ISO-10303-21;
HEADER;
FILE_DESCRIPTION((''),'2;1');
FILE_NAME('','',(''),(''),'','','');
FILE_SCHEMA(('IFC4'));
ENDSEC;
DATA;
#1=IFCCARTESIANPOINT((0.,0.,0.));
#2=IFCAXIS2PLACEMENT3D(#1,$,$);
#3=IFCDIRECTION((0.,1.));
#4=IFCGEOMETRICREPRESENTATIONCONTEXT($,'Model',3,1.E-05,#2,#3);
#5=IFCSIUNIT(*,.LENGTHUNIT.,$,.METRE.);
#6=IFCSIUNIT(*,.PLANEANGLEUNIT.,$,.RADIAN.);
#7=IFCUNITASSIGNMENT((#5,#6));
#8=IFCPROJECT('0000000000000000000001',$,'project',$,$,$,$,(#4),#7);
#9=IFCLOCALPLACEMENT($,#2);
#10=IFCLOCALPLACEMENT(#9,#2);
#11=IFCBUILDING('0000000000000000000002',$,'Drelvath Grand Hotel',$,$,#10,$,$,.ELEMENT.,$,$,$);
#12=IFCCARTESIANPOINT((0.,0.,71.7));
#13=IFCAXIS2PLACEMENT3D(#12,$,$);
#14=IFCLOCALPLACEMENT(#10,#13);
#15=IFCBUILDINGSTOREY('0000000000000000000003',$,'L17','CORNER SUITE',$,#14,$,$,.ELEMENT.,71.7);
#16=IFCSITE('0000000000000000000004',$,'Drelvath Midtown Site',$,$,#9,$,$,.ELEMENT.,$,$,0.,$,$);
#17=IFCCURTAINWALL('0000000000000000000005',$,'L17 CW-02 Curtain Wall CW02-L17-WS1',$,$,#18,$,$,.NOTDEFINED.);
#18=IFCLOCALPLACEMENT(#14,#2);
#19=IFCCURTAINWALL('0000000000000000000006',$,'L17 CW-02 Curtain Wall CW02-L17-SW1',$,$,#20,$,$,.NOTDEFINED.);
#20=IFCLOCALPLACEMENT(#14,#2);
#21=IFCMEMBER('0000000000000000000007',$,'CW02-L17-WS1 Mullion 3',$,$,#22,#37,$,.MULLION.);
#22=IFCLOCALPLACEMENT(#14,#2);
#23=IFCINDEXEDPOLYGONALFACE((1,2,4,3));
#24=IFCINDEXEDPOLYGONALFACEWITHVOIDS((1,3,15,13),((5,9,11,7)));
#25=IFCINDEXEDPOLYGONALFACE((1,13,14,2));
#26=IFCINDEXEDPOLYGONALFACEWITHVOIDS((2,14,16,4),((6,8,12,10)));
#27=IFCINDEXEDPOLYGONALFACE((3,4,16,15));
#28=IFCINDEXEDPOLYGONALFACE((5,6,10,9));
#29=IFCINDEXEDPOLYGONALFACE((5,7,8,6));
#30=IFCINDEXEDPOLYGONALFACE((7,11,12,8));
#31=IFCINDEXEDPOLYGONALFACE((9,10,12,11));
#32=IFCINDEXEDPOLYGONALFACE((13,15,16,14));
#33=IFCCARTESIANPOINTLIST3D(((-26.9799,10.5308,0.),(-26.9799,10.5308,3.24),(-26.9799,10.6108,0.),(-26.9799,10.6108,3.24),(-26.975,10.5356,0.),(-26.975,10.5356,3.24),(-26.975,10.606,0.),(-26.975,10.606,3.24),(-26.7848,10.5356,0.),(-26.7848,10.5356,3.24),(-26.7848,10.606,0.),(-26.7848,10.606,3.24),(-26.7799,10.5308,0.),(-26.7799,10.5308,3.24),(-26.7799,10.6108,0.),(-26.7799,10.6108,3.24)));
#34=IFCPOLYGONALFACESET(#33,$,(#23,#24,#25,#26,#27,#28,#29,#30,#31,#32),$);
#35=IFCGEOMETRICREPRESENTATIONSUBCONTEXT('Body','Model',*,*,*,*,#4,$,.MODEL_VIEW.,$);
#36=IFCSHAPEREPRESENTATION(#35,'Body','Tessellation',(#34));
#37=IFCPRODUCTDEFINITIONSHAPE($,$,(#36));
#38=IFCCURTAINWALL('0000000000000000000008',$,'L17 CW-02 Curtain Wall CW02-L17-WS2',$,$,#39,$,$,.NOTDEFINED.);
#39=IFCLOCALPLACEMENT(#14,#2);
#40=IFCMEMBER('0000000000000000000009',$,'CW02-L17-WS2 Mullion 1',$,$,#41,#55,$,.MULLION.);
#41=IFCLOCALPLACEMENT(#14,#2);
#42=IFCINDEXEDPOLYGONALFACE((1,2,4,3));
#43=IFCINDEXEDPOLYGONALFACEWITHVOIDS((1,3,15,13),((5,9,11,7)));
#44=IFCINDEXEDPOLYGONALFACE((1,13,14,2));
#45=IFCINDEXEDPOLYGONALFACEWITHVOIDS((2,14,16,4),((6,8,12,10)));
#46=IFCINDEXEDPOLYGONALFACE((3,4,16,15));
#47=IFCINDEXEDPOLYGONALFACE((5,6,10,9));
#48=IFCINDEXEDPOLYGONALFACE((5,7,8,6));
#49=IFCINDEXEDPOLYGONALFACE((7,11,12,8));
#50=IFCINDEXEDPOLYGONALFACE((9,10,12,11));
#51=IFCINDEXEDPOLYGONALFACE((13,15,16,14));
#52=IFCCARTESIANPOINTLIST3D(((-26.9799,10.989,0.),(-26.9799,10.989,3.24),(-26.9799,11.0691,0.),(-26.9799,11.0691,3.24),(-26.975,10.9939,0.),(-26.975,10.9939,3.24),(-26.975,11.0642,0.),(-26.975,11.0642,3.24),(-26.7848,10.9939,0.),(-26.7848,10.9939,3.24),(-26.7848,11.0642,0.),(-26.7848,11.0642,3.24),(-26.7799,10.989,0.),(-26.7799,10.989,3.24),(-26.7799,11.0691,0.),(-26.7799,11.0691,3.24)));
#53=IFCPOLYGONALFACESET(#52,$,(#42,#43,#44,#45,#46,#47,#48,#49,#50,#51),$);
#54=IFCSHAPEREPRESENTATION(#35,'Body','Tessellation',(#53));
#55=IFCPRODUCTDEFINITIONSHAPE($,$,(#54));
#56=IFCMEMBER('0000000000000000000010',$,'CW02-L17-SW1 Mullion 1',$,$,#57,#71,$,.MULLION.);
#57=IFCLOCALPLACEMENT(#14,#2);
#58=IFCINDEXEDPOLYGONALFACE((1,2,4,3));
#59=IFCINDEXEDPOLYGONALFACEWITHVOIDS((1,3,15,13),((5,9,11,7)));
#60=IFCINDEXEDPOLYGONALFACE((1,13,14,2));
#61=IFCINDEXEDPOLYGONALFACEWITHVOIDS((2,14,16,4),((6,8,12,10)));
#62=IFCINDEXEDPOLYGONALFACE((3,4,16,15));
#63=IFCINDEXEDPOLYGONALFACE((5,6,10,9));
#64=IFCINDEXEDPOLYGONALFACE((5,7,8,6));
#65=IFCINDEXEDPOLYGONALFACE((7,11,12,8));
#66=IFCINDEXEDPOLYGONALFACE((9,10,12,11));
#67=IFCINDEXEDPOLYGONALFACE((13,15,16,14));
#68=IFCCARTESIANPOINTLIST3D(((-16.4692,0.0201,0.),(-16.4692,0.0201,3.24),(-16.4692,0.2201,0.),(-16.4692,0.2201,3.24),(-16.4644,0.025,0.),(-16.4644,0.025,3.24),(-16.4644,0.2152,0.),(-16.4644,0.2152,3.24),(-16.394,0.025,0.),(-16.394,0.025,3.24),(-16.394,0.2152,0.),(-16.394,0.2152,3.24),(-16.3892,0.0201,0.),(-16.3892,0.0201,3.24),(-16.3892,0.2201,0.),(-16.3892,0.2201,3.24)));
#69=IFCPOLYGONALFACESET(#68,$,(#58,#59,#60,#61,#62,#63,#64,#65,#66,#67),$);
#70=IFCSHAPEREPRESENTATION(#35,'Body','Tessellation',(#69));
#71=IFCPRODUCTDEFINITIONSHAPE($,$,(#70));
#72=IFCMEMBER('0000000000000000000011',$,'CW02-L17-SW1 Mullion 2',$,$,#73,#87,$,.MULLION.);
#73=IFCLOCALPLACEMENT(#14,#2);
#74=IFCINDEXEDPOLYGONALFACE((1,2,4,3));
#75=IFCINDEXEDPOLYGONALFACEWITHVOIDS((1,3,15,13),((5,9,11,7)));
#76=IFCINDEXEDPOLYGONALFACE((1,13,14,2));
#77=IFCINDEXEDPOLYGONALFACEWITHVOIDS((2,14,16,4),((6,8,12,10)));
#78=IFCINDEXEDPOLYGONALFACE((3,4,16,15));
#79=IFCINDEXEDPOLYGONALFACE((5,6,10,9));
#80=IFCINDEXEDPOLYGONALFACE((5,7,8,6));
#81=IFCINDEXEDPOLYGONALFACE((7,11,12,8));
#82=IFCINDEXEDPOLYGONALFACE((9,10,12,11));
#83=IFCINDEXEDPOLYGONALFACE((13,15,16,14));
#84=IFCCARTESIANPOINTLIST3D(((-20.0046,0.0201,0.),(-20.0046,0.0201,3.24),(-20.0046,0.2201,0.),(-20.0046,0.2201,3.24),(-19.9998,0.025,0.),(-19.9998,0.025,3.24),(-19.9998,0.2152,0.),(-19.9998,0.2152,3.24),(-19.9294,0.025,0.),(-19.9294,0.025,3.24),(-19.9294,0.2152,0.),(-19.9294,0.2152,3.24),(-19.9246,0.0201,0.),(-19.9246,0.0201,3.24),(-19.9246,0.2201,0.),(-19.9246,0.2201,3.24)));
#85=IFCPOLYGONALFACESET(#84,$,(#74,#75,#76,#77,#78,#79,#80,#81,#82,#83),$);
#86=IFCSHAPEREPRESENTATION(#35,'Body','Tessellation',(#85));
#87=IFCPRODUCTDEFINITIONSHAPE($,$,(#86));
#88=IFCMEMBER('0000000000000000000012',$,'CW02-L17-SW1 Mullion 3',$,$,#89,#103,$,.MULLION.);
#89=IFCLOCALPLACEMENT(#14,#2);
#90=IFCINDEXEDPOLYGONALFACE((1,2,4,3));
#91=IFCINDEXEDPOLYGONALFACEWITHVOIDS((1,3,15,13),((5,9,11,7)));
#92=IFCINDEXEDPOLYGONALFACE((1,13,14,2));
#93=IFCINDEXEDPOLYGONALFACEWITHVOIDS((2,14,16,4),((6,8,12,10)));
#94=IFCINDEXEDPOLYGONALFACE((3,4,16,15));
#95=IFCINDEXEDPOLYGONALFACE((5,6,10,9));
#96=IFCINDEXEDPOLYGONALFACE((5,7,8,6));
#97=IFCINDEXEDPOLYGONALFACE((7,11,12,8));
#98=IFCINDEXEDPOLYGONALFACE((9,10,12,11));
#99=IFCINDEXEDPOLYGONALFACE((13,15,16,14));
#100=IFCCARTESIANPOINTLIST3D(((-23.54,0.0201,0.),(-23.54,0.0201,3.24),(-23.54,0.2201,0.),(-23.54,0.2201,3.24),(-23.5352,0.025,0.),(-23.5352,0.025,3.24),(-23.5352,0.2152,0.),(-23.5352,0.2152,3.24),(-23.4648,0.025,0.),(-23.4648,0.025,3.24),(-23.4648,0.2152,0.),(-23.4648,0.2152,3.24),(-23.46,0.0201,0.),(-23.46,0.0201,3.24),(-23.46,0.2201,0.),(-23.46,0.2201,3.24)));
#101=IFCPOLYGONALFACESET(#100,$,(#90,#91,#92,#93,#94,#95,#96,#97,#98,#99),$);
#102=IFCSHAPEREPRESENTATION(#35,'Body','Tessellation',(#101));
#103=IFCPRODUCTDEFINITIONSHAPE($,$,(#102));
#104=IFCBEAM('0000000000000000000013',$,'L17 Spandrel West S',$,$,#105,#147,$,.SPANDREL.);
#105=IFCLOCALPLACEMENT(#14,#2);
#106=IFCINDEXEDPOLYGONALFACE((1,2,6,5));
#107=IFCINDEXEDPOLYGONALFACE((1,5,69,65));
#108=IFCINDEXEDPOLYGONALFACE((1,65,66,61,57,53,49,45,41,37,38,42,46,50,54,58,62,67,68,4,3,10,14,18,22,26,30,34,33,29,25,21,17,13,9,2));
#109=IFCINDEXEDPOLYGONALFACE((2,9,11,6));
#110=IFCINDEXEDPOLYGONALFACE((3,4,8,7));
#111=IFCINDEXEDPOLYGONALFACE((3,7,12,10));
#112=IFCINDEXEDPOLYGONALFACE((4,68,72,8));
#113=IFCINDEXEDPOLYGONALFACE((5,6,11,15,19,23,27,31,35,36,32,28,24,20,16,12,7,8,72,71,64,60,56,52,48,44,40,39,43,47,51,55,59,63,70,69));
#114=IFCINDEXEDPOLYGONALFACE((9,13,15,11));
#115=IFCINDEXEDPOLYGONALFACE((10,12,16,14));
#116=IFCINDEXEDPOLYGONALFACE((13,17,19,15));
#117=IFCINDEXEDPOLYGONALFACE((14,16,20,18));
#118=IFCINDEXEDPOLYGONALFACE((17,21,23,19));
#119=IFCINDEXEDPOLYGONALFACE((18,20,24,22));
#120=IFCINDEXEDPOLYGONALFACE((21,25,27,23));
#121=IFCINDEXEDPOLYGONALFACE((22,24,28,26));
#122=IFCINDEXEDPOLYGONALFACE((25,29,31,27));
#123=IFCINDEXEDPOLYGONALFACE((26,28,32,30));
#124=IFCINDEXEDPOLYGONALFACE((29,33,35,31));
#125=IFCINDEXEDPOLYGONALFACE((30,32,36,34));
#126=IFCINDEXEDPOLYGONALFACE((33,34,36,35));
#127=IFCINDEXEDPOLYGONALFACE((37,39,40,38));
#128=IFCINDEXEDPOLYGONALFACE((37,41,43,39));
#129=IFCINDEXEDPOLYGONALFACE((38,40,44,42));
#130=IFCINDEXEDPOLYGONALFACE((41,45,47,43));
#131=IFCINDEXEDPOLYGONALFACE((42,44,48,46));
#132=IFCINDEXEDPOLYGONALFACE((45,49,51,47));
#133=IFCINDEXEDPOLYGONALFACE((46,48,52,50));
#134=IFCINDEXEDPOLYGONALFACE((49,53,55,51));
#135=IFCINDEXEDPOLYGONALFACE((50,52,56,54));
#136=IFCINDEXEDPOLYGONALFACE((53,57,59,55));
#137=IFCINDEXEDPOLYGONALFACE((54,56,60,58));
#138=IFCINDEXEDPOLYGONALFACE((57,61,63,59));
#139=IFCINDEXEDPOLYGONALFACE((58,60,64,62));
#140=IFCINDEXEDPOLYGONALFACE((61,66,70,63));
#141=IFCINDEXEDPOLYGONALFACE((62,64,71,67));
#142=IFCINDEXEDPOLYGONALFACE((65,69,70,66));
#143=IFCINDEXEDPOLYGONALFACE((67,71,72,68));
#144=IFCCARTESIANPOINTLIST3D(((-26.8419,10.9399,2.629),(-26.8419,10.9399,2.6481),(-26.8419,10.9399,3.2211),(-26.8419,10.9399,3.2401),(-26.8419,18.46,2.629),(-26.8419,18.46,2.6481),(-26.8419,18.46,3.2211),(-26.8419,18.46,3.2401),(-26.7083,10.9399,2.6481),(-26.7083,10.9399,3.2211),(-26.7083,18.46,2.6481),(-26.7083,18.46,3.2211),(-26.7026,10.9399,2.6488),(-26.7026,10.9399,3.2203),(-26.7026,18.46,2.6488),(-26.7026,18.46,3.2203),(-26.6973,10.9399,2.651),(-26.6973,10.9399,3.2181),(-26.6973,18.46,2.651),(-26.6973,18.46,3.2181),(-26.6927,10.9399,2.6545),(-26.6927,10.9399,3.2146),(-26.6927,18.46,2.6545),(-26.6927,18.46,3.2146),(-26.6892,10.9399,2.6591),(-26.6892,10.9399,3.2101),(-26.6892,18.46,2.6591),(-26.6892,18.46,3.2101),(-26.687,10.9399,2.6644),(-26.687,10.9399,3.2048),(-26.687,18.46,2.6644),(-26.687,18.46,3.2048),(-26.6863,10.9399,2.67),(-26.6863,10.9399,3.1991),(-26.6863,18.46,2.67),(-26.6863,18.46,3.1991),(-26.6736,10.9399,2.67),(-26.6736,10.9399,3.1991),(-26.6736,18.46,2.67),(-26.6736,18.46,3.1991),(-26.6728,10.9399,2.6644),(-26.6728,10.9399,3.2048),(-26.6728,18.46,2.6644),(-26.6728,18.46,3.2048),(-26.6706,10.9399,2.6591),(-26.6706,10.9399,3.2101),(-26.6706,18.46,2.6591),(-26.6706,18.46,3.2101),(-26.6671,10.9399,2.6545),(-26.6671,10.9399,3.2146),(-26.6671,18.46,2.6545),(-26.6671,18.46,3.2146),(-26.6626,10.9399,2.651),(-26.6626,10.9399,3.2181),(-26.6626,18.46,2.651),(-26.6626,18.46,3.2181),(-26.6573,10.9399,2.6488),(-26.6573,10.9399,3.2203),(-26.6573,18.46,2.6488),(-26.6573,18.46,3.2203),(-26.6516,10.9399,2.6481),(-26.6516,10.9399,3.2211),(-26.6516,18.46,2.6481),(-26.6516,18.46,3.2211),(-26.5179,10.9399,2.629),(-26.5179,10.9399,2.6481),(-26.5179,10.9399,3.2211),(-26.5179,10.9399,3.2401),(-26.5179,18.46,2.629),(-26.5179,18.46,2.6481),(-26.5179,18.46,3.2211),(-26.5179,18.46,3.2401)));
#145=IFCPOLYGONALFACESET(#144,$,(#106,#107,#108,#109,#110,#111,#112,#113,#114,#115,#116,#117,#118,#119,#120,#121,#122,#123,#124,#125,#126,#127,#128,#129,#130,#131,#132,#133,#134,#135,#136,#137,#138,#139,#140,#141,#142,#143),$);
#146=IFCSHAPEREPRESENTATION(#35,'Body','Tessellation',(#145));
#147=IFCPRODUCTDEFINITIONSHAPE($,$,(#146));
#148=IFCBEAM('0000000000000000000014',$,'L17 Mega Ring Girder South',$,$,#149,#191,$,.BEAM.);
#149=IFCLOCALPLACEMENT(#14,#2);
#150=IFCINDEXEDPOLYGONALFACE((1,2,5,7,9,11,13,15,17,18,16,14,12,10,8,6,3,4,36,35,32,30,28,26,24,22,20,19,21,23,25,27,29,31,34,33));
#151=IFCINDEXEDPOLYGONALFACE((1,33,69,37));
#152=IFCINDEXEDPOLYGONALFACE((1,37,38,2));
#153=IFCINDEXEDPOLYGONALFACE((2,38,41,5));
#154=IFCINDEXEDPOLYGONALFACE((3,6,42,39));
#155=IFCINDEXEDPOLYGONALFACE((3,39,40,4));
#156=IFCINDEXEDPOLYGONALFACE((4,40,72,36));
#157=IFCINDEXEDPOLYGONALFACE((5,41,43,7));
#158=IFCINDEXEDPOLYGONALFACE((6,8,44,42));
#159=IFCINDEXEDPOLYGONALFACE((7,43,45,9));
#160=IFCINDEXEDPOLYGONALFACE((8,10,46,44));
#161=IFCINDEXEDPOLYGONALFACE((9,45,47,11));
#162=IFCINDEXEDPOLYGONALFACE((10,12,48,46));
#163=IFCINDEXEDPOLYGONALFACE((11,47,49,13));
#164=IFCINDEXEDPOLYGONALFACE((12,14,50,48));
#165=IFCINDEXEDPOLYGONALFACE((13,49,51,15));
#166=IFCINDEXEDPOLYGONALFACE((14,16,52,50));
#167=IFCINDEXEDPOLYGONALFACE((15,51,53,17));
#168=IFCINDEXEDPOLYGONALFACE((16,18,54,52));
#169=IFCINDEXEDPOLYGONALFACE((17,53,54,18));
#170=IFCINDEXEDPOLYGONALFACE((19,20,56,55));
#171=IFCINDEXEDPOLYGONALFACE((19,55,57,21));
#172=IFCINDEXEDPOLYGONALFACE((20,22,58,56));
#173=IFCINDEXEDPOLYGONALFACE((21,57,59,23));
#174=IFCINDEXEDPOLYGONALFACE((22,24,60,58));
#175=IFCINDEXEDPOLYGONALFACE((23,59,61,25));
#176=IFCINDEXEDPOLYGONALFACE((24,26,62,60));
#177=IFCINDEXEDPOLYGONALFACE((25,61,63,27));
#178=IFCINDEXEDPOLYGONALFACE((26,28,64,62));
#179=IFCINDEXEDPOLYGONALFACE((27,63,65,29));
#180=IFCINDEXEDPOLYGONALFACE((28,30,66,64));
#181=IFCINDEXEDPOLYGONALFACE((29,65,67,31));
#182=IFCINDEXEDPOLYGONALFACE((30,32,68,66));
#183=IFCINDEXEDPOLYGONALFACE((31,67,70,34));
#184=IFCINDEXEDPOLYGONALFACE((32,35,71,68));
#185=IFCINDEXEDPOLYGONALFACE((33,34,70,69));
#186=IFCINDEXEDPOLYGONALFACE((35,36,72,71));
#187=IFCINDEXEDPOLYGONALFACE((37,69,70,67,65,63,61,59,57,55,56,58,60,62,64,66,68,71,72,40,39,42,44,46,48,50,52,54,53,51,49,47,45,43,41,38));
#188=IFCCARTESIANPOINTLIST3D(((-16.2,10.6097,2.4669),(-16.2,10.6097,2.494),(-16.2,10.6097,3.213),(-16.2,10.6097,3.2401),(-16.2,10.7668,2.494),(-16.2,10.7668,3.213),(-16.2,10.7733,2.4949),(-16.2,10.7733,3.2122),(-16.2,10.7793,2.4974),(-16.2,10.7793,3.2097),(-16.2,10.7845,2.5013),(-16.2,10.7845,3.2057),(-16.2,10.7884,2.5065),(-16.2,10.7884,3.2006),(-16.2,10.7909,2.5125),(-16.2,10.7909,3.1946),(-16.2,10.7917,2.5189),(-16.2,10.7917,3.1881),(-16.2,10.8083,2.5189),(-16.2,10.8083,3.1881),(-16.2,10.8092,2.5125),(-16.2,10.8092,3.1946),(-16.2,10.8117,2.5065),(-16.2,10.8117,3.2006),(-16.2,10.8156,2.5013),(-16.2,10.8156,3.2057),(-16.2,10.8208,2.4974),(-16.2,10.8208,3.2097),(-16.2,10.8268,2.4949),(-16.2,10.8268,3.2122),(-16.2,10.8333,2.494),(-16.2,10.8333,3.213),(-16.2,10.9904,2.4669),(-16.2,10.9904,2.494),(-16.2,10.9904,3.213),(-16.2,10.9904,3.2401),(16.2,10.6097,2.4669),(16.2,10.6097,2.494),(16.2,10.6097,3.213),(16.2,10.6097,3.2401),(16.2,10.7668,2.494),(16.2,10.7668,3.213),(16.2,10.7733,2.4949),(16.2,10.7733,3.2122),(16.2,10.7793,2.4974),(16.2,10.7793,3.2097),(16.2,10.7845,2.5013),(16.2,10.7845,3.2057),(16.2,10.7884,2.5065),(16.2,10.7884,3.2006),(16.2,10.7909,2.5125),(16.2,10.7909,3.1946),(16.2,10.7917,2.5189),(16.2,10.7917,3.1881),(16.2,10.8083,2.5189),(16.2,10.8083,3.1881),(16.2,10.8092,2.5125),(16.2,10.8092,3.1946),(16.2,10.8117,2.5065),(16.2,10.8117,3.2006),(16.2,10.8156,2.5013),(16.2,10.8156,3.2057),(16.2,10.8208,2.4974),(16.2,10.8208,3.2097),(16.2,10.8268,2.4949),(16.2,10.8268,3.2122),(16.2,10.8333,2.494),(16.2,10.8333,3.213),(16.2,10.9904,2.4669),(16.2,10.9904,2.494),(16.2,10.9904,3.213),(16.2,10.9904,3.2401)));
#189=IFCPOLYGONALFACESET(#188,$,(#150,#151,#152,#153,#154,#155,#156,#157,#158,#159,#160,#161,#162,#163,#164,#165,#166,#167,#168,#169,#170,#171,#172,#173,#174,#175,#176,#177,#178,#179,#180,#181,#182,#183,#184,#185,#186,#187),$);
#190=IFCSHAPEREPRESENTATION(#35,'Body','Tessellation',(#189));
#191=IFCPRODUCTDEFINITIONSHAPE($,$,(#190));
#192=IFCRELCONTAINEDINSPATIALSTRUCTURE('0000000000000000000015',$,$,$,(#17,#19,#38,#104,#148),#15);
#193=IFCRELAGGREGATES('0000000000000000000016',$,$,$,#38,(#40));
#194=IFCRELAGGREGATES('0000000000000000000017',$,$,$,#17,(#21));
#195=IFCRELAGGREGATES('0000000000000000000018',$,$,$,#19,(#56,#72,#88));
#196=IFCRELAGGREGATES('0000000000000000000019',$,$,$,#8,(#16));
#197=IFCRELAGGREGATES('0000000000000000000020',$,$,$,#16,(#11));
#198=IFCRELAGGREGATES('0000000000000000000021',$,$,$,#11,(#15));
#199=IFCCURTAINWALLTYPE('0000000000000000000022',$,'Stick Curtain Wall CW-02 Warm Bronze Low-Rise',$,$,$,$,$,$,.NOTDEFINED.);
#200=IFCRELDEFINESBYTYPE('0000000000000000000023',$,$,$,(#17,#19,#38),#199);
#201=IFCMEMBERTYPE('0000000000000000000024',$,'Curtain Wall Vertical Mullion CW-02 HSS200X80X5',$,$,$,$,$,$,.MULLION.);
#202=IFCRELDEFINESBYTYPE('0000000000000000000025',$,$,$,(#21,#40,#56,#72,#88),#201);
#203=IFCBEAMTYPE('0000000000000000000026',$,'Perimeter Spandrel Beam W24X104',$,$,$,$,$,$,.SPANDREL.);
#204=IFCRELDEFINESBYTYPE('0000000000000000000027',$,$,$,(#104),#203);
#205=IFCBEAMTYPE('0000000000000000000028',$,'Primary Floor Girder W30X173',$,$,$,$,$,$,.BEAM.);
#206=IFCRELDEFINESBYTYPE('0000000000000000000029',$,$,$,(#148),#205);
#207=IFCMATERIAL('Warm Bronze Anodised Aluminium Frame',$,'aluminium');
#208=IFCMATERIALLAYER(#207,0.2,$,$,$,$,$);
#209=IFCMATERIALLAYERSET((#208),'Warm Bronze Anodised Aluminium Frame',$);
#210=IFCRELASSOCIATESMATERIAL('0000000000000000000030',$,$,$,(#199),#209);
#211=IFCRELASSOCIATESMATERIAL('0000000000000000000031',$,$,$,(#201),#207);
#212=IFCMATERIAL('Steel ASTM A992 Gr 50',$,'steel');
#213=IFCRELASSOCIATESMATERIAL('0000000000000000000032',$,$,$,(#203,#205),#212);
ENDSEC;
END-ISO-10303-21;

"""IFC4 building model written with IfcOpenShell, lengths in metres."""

from ifc_helpers import new_model, si_unit, direction, frame, origin, origin_2d, place, context, subcontext, project, spatial, hollow_rectangle, i_section, extrude, material, layer, layer_set, material_profile, profile_set, type_object, element, aggregate, save


model = new_model("IFC4")

# Units and contexts
model_context = context("Model", 3, precision=1e-05, world=origin(), true_north=direction((0.0, 1.0)))
body_context = subcontext(model_context, "Body", "Model", "MODEL_VIEW")
ifc_project = project(units=[si_unit("LENGTHUNIT", "METRE"), si_unit("PLANEANGLEUNIT", "RADIAN")], contexts=[model_context])

# Site, building, storey
site_placement = place(None, origin())
site = spatial("IfcSite", under=ifc_project, at=site_placement, Name="Drelvath Midtown Site", CompositionType="ELEMENT", RefElevation=0.0)
building_placement = place(site_placement, origin())
building = spatial("IfcBuilding", under=site, at=building_placement, Name="Drelvath Grand Hotel", CompositionType="ELEMENT")
storey_placement = place(building_placement, frame((0.0, 0.0, 71.7)))
storey = spatial("IfcBuildingStorey", under=building, at=storey_placement, Name="L17", Description="CORNER SUITE", CompositionType="ELEMENT", Elevation=71.7)

# Curtain walls
ifc_material_1 = material(Name="Warm Bronze Anodised Aluminium Frame", Category="aluminium")
ifc_layer_1 = layer(ifc_material_1, 0.2)
ifc_layer_set_1 = layer_set([ifc_layer_1], Name="Warm Bronze Anodised Aluminium Frame")
curtain_wall_type = type_object("IfcCurtainWallType", Name="Stick Curtain Wall CW-02 Warm Bronze Low-Rise", PredefinedType="NOTDEFINED", material=ifc_layer_set_1)
curtain_wall_1_placement = place(storey_placement, origin())
curtain_wall_1 = element("IfcCurtainWall", 1, at=curtain_wall_1_placement, inside=storey, type_object=curtain_wall_type, Name="L17 CW-02 Curtain Wall CW02-L17-WS1", PredefinedType="NOTDEFINED")
curtain_wall_2_placement = place(storey_placement, origin())
curtain_wall_2 = element("IfcCurtainWall", 2, at=curtain_wall_2_placement, inside=storey, type_object=curtain_wall_type, Name="L17 CW-02 Curtain Wall CW02-L17-SW1", PredefinedType="NOTDEFINED")

# Member
ifc_material_profile_1 = material_profile(ifc_material_1, hollow_rectangle(XDim=0.0801, YDim=0.2, WallThickness=0.0049, at=origin_2d()), Name="HSS200X80X5")
ifc_profile_set_1 = profile_set([ifc_material_profile_1], Name="Warm Bronze Anodised Aluminium Frame")
member_type_1 = type_object("IfcMemberType", Name="Curtain Wall Vertical Mullion CW-02 HSS200X80X5", PredefinedType="MULLION", material=ifc_profile_set_1)
member_1_placement = place(storey_placement, frame((-26.8799, 10.5708, 0.0), z_axis=(0.0, 0.0, 1.0), x_axis=(0.0, 1.0, 0.0)))
member_1 = element("IfcMember", 3, at=member_1_placement, type_object=member_type_1, Name="CW02-L17-WS1 Mullion 3", PredefinedType="MULLION", context=body_context, shape_type="SweptSolid", body=[
    extrude(hollow_rectangle(XDim=0.0801, YDim=0.2, WallThickness=0.0049, at=origin_2d()), origin(), (0.0, 0.0, 1.0), 3.24),
])

# Curtain wall, member
curtain_wall_3_placement = place(storey_placement, origin())
curtain_wall_3 = element("IfcCurtainWall", 4, at=curtain_wall_3_placement, inside=storey, type_object=curtain_wall_type, Name="L17 CW-02 Curtain Wall CW02-L17-WS2", PredefinedType="NOTDEFINED")
member_2_placement = place(storey_placement, frame((-26.8799, 11.0291, 0.0), z_axis=(0.0, 0.0, 1.0), x_axis=(0.0, 1.0, 0.0)))
member_2 = element("IfcMember", 5, at=member_2_placement, type_object=member_type_1, Name="CW02-L17-WS2 Mullion 1", PredefinedType="MULLION", context=body_context, shape_type="SweptSolid", body=[
    extrude(hollow_rectangle(XDim=0.0801, YDim=0.2, WallThickness=0.0049, at=origin_2d()), origin(), (0.0, 0.0, 1.0), 3.24),
])
aggregate(curtain_wall_3, [member_2])

# Members
member_3_placement = place(storey_placement, frame((-16.4292, 0.1201, 0.0), z_axis=(0.0, 0.0, 1.0), x_axis=(1.0, 0.0, 0.0)))
member_3 = element("IfcMember", 6, at=member_3_placement, type_object=member_type_1, Name="CW02-L17-SW1 Mullion 1", PredefinedType="MULLION", context=body_context, shape_type="SweptSolid", body=[
    extrude(hollow_rectangle(XDim=0.0801, YDim=0.2, WallThickness=0.0049, at=origin_2d()), origin(), (0.0, 0.0, 1.0), 3.24),
])
member_4_placement = place(storey_placement, frame((-19.9646, 0.1201, 0.0), z_axis=(0.0, 0.0, 1.0), x_axis=(1.0, 0.0, 0.0)))
member_4 = element("IfcMember", 7, at=member_4_placement, type_object=member_type_1, Name="CW02-L17-SW1 Mullion 2", PredefinedType="MULLION", context=body_context, shape_type="SweptSolid", body=[
    extrude(hollow_rectangle(XDim=0.0801, YDim=0.2, WallThickness=0.0049, at=origin_2d()), origin(), (0.0, 0.0, 1.0), 3.24),
])
member_5_placement = place(storey_placement, frame((-23.5, 0.1201, 0.0), z_axis=(0.0, 0.0, 1.0), x_axis=(1.0, 0.0, 0.0)))
member_5 = element("IfcMember", 8, at=member_5_placement, type_object=member_type_1, Name="CW02-L17-SW1 Mullion 3", PredefinedType="MULLION", context=body_context, shape_type="SweptSolid", body=[
    extrude(hollow_rectangle(XDim=0.0801, YDim=0.2, WallThickness=0.0049, at=origin_2d()), origin(), (0.0, 0.0, 1.0), 3.24),
])

# Beams
ifc_material_2 = material(Name="Steel ASTM A992 Gr 50", Category="steel")
ifc_material_profile_2 = material_profile(ifc_material_2, i_section(OverallWidth=0.324, OverallDepth=0.6111, WebThickness=0.0127, FlangeThickness=0.019, FilletRadius=0.022, at=origin_2d()), Name="W24X104")
ifc_profile_set_2 = profile_set([ifc_material_profile_2], Name="Steel ASTM A992 Gr 50")
beam_type_1 = type_object("IfcBeamType", Name="Perimeter Spandrel Beam W24X104", PredefinedType="SPANDREL", material=ifc_profile_set_2)
beam_placement = place(storey_placement, frame((-26.6799, 10.9399, 2.9346), z_axis=(0.0, 1.0, 0.0), x_axis=(-1.0, 0.0, 0.0)))
element("IfcBeam", 9, at=beam_placement, inside=storey, type_object=beam_type_1, Name="L17 Spandrel West S", PredefinedType="SPANDREL", context=body_context, shape_type="SweptSolid", body=[
    extrude(i_section(OverallWidth=0.324, OverallDepth=0.6111, WebThickness=0.0127, FlangeThickness=0.019, FilletRadius=0.022, at=origin_2d()), origin(), (0.0, 0.0, 1.0), 7.52),
])
ifc_material_profile_3 = material_profile(ifc_material_2, i_section(OverallWidth=0.3806, OverallDepth=0.7732, WebThickness=0.0166, FlangeThickness=0.0271, FilletRadius=0.0249, at=origin_2d()), Name="W30X173")
ifc_profile_set_3 = profile_set([ifc_material_profile_3], Name="Steel ASTM A992 Gr 50")
beam_type_2 = type_object("IfcBeamType", Name="Primary Floor Girder W30X173", PredefinedType="BEAM", material=ifc_profile_set_3)
for number, where, z_axis, x_axis, name in (
    (10, (-16.2, 10.8, 2.8535), (1.0, 0.0, 0.0), (0.0, 1.0, 0.0), "L17 Mega Ring Girder South"),
):
    element("IfcBeam", number, at=place(storey_placement, frame(where, z_axis=z_axis, x_axis=x_axis)), inside=storey, type_object=beam_type_2, Name=name, PredefinedType="BEAM", context=body_context, shape_type="SweptSolid", body=[
        extrude(i_section(OverallWidth=0.3806, OverallDepth=0.7732, WebThickness=0.0166, FlangeThickness=0.0271, FilletRadius=0.0249, at=origin_2d()), origin(), (0.0, 0.0, 1.0), 32.3999),
    ])

aggregate(curtain_wall_1, [member_1])
aggregate(curtain_wall_2, [member_3, member_4, member_5])

save(model, "model.ifc")
